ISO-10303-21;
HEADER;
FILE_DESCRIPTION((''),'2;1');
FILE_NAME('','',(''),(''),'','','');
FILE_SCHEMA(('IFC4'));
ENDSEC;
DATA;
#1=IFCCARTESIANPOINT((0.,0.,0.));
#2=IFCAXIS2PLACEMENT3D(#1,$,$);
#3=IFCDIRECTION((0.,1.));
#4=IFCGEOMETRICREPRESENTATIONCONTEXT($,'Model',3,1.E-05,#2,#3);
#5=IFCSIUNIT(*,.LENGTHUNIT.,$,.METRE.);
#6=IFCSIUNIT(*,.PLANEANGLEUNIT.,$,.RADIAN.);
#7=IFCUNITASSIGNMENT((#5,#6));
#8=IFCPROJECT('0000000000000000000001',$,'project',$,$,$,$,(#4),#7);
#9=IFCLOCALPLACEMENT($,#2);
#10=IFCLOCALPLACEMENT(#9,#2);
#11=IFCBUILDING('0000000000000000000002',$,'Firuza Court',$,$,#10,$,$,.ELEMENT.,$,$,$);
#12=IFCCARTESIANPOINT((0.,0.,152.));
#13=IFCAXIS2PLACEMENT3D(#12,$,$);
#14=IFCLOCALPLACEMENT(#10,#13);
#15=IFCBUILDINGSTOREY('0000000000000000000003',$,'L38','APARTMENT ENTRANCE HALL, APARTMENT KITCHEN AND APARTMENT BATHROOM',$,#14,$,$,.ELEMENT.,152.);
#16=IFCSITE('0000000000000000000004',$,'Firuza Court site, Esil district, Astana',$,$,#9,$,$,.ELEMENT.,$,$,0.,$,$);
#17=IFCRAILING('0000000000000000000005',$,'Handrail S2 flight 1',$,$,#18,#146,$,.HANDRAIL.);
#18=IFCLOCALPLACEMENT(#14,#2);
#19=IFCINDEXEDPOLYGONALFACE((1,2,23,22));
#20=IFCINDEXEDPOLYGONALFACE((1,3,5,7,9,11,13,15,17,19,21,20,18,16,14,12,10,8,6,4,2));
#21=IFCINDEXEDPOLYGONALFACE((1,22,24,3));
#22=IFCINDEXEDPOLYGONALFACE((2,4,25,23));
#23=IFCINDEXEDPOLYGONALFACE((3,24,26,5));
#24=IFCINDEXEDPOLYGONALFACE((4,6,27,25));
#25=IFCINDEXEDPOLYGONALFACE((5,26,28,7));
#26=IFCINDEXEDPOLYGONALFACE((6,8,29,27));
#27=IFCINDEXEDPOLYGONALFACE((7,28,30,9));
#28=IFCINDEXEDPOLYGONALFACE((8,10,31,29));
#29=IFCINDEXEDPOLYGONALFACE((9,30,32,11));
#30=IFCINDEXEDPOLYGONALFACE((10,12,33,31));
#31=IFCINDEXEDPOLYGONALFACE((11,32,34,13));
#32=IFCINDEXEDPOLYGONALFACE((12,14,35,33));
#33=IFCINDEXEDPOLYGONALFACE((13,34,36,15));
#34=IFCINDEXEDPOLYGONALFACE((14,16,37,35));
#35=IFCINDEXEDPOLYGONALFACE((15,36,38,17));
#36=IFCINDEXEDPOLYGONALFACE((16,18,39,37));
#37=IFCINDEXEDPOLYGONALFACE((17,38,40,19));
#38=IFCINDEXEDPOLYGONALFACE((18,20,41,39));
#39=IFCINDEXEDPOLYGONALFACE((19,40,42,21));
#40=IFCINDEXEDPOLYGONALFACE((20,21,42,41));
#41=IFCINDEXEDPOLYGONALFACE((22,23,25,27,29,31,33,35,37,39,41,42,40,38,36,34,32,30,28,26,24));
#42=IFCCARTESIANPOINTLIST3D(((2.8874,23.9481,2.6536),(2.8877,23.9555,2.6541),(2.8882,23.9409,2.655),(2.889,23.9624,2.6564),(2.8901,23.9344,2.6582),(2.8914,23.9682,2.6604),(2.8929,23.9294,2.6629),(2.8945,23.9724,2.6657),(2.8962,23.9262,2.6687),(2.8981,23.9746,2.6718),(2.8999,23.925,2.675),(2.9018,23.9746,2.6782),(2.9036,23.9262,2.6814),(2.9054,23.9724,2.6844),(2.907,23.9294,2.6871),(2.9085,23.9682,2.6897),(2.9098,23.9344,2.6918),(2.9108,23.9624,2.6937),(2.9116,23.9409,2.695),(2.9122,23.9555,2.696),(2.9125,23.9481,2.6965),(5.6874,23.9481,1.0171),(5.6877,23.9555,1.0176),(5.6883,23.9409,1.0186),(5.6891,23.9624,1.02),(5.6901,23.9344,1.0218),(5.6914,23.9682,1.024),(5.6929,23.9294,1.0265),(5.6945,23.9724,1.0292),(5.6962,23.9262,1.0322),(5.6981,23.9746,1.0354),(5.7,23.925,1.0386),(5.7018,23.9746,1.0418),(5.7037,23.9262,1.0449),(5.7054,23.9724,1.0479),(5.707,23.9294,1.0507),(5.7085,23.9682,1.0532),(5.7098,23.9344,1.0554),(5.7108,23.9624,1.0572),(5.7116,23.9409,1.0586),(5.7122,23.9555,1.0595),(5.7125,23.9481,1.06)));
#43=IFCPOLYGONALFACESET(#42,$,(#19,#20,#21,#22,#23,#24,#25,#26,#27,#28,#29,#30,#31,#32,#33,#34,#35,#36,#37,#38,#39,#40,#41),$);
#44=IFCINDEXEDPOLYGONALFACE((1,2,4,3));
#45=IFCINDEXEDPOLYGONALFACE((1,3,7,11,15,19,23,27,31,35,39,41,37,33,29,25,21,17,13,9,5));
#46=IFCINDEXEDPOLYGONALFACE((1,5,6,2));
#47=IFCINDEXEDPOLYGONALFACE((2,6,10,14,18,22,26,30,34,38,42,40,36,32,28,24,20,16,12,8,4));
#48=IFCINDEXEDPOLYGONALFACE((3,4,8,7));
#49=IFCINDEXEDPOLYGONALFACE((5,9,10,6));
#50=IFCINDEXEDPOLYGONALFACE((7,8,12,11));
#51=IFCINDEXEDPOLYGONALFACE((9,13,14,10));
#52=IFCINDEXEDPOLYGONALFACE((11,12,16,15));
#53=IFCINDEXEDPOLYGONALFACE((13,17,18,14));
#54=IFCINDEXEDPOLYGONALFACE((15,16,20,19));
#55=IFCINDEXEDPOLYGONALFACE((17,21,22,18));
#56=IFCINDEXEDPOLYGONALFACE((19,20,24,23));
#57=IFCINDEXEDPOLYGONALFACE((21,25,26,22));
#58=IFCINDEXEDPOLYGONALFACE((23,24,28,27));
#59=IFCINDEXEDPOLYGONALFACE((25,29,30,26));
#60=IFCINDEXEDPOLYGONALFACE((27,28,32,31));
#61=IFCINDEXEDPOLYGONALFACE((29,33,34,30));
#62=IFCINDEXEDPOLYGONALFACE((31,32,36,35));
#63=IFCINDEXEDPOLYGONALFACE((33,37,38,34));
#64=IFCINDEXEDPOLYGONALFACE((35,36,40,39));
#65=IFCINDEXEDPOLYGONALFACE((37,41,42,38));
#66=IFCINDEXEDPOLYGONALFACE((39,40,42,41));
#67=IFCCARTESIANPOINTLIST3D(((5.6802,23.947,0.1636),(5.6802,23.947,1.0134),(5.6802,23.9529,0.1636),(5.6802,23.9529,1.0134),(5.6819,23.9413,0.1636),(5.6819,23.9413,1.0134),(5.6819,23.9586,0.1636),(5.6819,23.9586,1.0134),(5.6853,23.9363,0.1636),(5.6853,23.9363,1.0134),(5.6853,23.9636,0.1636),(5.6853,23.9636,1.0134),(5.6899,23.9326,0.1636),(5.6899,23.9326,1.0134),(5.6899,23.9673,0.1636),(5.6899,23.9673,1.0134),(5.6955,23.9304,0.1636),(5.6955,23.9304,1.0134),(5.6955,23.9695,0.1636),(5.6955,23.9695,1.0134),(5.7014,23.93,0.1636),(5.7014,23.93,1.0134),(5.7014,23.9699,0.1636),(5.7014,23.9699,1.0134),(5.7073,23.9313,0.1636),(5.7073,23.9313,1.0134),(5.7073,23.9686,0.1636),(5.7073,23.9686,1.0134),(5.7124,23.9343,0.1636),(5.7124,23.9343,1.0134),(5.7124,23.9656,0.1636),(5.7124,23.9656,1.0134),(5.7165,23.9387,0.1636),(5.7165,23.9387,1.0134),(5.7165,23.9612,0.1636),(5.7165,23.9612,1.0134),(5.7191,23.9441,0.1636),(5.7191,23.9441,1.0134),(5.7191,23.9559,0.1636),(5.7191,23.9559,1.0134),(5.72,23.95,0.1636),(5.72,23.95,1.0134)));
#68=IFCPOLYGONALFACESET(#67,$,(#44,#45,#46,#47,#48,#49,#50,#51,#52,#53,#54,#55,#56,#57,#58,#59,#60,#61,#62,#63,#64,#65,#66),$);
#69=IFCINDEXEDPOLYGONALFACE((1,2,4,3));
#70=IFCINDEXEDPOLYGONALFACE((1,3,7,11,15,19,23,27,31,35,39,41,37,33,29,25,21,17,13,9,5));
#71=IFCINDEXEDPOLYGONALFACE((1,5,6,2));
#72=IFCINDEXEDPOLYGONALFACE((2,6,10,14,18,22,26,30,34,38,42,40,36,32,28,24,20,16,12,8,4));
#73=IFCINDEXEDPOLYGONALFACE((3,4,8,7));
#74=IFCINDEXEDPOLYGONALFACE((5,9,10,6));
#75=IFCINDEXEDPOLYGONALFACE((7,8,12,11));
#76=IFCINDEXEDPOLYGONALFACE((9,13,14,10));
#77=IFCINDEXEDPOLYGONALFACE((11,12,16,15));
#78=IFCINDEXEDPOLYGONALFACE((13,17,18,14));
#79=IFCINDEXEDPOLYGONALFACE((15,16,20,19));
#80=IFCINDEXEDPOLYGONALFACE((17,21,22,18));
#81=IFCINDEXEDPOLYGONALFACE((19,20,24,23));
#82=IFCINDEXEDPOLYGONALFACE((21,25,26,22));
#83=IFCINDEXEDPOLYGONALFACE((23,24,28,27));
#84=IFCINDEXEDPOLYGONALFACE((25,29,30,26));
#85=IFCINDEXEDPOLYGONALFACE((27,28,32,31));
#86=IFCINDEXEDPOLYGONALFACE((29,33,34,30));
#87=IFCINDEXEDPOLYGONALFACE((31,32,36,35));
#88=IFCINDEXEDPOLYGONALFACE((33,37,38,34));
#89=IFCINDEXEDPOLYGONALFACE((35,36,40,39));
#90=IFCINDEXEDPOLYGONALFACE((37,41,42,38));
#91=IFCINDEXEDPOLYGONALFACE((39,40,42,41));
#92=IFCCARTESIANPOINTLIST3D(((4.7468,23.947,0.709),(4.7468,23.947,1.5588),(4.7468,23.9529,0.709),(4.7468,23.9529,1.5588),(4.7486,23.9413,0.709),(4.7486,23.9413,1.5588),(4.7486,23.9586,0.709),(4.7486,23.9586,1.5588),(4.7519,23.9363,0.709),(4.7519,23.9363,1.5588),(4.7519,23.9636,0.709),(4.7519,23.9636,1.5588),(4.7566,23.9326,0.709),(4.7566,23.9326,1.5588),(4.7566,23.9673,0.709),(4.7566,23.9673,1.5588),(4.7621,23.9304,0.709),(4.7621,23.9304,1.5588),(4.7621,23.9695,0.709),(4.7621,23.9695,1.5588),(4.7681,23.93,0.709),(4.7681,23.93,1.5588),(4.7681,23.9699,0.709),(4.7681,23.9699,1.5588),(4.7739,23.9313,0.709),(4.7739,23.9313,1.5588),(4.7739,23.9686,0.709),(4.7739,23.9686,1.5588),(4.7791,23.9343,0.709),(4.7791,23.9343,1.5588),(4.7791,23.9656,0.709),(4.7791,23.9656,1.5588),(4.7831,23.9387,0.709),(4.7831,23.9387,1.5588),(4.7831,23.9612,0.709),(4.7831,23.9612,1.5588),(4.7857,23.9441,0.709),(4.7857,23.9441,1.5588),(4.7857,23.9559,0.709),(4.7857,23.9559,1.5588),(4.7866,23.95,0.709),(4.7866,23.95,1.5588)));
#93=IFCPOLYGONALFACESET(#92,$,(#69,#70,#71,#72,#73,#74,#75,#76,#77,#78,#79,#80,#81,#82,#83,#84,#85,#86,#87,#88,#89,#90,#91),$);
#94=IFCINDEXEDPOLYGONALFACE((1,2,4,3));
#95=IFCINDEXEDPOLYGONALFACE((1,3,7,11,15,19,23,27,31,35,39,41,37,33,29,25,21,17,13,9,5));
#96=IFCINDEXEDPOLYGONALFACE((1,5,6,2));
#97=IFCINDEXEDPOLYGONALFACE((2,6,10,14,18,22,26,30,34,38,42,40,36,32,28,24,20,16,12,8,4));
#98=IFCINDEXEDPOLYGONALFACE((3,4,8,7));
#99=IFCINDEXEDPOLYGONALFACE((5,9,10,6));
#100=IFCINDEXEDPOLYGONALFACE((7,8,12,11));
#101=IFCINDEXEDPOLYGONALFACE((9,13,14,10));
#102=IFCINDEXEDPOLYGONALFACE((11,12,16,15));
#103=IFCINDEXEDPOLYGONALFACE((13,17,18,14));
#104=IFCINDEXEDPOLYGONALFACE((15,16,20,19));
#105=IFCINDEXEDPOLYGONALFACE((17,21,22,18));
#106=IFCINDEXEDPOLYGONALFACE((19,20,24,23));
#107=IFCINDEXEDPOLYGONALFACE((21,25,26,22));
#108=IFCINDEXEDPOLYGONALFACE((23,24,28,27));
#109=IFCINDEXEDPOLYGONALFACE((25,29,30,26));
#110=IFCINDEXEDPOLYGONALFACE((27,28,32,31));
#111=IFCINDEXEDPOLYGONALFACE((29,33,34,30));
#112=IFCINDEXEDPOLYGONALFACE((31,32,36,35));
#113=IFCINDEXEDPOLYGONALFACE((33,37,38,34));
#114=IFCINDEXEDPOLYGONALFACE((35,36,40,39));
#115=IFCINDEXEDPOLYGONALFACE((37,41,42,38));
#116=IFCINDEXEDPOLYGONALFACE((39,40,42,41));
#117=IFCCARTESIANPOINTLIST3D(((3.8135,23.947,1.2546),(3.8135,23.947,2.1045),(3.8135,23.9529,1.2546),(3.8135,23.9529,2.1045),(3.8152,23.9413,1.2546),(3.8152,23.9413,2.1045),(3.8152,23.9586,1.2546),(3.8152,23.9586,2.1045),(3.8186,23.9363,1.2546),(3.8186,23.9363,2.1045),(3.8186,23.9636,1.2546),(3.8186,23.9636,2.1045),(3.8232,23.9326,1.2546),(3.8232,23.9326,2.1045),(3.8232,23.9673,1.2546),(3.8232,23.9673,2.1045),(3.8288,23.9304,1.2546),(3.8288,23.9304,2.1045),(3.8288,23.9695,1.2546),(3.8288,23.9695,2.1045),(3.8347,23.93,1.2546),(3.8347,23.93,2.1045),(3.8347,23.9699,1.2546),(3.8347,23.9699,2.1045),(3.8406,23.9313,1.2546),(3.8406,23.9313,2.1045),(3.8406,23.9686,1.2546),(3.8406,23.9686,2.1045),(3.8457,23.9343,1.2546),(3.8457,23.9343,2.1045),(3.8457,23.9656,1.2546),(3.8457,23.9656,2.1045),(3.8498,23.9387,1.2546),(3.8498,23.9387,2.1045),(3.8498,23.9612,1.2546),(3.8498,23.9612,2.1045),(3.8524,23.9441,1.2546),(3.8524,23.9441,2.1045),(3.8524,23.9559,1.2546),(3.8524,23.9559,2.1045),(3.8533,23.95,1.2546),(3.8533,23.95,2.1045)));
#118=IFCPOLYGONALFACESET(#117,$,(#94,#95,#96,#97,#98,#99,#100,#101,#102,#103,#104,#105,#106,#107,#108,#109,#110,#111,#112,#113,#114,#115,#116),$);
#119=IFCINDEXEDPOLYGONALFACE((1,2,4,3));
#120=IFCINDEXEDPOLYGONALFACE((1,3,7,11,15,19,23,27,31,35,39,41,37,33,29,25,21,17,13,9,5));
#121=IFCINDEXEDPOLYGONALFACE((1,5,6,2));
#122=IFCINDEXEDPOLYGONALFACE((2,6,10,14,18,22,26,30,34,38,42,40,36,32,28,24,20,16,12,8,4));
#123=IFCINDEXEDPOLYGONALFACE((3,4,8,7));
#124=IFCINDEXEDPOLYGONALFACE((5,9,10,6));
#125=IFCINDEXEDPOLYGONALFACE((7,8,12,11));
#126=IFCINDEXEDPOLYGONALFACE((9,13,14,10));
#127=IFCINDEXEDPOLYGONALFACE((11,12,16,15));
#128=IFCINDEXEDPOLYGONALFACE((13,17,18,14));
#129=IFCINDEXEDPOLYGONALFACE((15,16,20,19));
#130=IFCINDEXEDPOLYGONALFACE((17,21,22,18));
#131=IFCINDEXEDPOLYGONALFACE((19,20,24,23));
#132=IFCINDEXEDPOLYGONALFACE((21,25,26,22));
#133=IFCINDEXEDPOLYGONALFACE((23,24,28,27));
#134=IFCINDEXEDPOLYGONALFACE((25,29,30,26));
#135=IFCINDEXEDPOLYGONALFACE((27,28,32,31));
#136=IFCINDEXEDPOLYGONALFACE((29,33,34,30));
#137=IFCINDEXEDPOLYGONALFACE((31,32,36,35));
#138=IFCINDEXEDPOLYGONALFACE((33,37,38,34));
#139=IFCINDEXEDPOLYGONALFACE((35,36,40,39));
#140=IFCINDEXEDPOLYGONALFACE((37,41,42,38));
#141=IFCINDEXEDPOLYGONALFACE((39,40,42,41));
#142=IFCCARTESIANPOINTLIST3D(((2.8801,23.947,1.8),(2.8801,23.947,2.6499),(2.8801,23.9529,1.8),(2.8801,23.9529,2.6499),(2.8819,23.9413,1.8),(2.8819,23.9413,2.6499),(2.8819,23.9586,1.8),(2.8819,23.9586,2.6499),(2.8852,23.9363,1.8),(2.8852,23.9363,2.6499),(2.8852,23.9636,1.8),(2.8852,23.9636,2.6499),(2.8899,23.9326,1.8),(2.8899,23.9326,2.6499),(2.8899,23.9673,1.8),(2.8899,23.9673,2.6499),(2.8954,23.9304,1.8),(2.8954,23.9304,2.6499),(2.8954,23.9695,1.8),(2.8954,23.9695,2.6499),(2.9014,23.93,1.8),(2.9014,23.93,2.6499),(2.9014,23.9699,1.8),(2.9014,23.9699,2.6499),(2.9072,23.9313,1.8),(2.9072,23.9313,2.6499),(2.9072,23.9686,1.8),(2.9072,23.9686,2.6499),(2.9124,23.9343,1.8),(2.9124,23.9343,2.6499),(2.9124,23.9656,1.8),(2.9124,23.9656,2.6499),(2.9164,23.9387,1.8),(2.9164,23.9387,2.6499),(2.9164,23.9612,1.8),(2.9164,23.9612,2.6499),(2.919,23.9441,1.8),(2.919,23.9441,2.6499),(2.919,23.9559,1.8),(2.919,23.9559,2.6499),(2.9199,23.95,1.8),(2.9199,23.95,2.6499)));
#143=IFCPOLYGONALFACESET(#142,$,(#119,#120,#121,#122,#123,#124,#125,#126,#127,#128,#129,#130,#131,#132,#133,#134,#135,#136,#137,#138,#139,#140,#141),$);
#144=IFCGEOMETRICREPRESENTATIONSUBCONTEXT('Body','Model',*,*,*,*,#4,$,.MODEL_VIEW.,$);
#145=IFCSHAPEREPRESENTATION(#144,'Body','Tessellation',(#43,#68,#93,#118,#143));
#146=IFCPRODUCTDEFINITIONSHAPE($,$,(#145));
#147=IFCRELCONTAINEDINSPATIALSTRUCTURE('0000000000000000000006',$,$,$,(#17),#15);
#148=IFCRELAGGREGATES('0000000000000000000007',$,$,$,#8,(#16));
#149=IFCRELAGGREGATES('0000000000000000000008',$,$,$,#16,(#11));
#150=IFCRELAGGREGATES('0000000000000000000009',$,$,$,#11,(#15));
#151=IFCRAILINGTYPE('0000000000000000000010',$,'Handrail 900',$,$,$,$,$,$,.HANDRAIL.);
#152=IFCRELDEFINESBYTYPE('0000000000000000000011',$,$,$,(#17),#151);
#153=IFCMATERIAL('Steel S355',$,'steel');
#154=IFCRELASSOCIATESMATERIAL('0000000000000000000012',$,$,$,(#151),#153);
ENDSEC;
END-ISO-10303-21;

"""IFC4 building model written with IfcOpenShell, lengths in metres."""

from ifc_helpers import new_model, si_unit, direction, frame, origin, origin_2d, place, context, subcontext, project, spatial, circle, extrude, material, type_object, element, save


model = new_model("IFC4")

# Units and contexts
model_context = context("Model", 3, precision=1e-05, world=origin(), true_north=direction((0.0, 1.0)))
body_context = subcontext(model_context, "Body", "Model", "MODEL_VIEW")
ifc_project = project(units=[si_unit("LENGTHUNIT", "METRE"), si_unit("PLANEANGLEUNIT", "RADIAN")], contexts=[model_context])

# Site, building, storey
site_placement = place(None, origin())
site = spatial("IfcSite", under=ifc_project, at=site_placement, Name="Firuza Court site, Esil district, Astana", CompositionType="ELEMENT", RefElevation=0.0)
building_placement = place(site_placement, origin())
building = spatial("IfcBuilding", under=site, at=building_placement, Name="Firuza Court", CompositionType="ELEMENT")
storey_placement = place(building_placement, frame((0.0, 0.0, 152.0)))
storey = spatial("IfcBuildingStorey", under=building, at=storey_placement, Name="L38", Description="APARTMENT ENTRANCE HALL, APARTMENT KITCHEN AND APARTMENT BATHROOM", CompositionType="ELEMENT", Elevation=152.0)

# Railing
ifc_material_1 = material(Name="Steel S355", Category="steel")
railing_type_1 = type_object("IfcRailingType", Name="Handrail 900", PredefinedType="HANDRAIL", material=ifc_material_1)
railing_1_placement = place(storey_placement, frame((5.7, 23.95, 0.1636)))
element("IfcRailing", 1, at=railing_1_placement, inside=storey, type_object=railing_type_1, Name="Handrail S2 flight 1", PredefinedType="HANDRAIL", context=body_context, shape_type="SweptSolid", body=[
    extrude(circle(Radius=0.0249, at=origin_2d()), frame((0.0, 0.0, 0.875), z_axis=(-0.863361, 0.0, 0.504587), x_axis=(0.0, -1.0, 0.0)), (0.0, 0.0, 1.0), 3.2432),
    extrude(circle(Radius=0.02, at=origin_2d()), origin(), (0.0, 0.0, 1.0), 0.8499),
    extrude(circle(Radius=0.02, at=origin_2d()), frame((-0.9333, 0.0, 0.5454)), (0.0, 0.0, 1.0), 0.8499),
    extrude(circle(Radius=0.02, at=origin_2d()), frame((-1.8667, 0.0, 1.0911)), (0.0, 0.0, 1.0), 0.8499),
    extrude(circle(Radius=0.02, at=origin_2d()), frame((-2.8, 0.0, 1.6365)), (0.0, 0.0, 1.0), 0.8499),
])

save(model, "model.ifc")
